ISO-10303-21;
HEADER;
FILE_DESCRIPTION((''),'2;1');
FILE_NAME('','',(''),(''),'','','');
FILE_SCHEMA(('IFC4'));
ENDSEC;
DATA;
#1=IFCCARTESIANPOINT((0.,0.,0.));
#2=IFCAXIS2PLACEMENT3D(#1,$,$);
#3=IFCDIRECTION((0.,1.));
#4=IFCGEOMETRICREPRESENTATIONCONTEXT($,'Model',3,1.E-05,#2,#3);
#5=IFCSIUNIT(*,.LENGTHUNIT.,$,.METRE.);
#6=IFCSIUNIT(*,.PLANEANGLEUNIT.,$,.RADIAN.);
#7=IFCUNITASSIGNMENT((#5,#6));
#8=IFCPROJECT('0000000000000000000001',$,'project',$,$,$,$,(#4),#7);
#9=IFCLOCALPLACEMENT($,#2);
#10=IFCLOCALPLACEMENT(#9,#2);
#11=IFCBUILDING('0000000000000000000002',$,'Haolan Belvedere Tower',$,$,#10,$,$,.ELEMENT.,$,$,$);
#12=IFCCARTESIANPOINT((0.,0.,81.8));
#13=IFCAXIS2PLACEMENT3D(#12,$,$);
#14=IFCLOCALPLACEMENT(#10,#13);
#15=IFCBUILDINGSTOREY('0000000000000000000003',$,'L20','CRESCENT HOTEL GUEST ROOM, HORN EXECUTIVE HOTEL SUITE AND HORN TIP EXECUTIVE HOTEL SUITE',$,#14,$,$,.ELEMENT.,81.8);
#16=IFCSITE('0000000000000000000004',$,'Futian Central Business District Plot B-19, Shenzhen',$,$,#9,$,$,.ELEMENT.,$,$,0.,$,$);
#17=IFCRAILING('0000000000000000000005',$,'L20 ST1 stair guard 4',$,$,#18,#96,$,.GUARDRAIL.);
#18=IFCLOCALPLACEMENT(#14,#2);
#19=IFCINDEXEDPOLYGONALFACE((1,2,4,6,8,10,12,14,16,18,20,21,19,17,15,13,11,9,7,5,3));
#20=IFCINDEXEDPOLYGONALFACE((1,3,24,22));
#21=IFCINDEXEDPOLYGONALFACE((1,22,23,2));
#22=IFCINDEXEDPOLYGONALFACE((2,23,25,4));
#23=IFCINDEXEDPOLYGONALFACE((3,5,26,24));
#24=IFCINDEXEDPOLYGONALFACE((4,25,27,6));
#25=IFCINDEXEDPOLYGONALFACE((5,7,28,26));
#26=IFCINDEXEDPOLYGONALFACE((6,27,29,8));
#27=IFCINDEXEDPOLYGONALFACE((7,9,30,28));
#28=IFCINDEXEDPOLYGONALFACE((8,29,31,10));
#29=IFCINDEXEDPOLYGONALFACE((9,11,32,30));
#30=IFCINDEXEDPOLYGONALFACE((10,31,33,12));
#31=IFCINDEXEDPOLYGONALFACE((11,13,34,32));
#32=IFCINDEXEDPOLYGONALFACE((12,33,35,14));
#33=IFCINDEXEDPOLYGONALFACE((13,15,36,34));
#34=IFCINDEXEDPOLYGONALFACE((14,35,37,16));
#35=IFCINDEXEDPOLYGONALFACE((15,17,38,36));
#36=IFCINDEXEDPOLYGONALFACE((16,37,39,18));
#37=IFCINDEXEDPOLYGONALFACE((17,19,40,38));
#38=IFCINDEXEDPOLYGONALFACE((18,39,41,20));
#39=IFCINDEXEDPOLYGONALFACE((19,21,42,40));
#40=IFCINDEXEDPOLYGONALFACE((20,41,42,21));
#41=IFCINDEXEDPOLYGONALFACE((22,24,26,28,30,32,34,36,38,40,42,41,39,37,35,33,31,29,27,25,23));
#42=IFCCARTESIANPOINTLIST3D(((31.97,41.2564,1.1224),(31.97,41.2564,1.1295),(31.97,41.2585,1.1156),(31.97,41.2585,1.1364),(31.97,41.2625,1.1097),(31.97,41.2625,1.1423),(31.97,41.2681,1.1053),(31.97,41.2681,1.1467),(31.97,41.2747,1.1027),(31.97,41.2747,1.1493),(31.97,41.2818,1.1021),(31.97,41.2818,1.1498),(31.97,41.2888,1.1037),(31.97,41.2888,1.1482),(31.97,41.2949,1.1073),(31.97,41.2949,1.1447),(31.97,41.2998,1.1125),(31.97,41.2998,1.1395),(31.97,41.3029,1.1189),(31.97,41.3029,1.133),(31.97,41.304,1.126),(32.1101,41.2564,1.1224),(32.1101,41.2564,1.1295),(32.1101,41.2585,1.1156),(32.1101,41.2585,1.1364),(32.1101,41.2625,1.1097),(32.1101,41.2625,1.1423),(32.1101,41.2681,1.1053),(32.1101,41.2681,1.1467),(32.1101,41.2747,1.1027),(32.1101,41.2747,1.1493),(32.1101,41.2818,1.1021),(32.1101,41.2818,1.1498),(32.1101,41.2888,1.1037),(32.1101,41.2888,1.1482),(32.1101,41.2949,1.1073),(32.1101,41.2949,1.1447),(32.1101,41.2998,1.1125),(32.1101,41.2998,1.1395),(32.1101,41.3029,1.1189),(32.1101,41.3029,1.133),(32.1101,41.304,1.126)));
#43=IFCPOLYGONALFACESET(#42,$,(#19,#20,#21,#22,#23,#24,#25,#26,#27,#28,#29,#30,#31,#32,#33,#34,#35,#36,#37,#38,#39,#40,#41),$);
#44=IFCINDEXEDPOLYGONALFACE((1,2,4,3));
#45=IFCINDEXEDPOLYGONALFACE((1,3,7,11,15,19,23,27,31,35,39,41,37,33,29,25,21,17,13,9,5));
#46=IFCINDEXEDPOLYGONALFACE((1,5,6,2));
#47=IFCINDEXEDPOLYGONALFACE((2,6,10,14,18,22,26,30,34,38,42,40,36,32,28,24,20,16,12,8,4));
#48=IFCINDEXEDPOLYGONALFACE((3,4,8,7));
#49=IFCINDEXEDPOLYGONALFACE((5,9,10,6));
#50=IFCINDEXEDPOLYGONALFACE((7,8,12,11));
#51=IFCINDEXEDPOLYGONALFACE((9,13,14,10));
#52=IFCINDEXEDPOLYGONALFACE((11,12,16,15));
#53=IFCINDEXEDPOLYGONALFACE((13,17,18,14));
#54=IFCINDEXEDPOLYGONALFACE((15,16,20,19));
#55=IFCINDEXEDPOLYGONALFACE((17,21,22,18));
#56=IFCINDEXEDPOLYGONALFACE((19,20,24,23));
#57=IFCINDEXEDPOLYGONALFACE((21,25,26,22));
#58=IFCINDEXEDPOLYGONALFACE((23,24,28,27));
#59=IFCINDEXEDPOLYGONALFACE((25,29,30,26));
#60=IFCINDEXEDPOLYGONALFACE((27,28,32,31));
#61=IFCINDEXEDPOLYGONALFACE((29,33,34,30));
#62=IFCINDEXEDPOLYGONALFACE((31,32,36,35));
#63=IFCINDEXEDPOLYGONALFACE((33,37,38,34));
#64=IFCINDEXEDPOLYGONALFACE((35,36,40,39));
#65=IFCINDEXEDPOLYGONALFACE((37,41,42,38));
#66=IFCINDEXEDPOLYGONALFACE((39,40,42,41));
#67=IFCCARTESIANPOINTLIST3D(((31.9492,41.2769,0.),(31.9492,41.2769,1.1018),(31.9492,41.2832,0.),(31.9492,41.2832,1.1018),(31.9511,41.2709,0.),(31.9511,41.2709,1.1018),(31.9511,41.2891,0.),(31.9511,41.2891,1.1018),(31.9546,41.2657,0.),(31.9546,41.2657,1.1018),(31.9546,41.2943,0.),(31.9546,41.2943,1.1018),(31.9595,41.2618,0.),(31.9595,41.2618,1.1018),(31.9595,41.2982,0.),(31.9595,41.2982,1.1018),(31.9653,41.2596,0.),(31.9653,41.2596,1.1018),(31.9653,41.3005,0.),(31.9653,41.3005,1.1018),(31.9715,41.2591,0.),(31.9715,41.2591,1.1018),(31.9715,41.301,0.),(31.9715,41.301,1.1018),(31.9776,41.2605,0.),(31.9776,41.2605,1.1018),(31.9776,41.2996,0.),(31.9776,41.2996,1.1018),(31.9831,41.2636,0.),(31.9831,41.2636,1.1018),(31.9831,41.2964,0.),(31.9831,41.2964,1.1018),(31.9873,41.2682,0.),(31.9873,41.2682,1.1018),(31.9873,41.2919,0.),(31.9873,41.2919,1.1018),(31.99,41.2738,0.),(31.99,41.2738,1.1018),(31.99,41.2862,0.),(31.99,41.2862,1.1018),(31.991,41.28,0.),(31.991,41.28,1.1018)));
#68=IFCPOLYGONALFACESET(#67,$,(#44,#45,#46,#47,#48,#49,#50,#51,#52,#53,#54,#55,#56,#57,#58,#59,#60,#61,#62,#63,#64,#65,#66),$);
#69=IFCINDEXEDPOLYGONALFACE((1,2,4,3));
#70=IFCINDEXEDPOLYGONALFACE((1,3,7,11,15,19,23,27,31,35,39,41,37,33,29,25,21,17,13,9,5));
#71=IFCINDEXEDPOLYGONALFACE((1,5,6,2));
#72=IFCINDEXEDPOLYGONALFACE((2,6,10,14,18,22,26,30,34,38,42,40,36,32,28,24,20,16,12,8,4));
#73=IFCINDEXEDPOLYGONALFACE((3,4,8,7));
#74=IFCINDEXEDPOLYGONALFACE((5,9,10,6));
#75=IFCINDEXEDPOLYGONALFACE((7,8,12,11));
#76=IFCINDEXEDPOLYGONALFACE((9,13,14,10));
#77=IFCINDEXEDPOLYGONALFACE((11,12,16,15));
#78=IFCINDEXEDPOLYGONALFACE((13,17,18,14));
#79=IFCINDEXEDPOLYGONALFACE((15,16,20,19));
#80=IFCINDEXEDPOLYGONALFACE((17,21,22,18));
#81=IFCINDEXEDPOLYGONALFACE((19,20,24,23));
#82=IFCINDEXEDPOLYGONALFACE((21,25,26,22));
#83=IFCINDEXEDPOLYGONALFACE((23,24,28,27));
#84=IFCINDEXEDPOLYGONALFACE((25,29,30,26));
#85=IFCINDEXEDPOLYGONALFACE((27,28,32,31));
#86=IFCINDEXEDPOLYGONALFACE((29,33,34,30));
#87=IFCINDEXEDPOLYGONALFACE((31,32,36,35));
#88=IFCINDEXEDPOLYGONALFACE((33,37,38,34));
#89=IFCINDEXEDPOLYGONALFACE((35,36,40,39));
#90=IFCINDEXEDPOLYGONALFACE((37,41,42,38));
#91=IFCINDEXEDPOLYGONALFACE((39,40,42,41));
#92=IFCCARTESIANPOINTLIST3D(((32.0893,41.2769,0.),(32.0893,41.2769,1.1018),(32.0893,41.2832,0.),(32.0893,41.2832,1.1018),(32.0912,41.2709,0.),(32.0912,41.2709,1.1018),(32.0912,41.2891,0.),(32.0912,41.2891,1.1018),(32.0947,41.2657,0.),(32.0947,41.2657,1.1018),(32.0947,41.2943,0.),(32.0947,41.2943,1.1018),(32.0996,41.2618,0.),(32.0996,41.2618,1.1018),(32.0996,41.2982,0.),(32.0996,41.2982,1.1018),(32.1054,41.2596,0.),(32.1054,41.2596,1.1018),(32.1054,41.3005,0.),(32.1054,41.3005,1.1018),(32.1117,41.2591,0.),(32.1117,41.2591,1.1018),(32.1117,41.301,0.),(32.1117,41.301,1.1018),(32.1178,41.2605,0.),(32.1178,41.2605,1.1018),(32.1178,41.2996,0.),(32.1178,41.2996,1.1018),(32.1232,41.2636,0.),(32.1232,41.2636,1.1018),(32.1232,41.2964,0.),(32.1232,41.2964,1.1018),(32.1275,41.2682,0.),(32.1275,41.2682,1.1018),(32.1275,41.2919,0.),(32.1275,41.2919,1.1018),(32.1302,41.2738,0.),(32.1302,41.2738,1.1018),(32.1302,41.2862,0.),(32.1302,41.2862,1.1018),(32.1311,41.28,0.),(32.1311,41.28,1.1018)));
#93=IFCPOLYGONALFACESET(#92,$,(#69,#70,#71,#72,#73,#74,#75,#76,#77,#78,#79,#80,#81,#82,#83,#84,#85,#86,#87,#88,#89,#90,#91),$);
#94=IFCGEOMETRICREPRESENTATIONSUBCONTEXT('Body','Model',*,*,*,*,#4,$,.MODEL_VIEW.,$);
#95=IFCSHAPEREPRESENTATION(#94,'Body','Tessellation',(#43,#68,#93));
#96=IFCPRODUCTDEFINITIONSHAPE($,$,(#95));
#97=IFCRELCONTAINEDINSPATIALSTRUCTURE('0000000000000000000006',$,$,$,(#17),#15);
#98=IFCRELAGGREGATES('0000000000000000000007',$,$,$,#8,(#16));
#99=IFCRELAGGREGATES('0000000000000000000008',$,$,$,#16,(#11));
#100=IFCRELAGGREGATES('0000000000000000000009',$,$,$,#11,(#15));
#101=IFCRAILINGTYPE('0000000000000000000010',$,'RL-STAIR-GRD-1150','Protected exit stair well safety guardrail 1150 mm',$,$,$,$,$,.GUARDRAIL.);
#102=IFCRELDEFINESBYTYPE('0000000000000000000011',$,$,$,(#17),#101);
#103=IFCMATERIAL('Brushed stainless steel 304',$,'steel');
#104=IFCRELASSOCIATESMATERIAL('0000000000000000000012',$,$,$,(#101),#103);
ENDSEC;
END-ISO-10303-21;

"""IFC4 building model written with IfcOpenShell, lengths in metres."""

from ifc_helpers import new_model, si_unit, direction, frame, origin, origin_2d, place, context, subcontext, project, spatial, circle, extrude, material, type_object, element, save


model = new_model("IFC4")

# Units and contexts
model_context = context("Model", 3, precision=1e-05, world=origin(), true_north=direction((0.0, 1.0)))
body_context = subcontext(model_context, "Body", "Model", "MODEL_VIEW")
ifc_project = project(units=[si_unit("LENGTHUNIT", "METRE"), si_unit("PLANEANGLEUNIT", "RADIAN")], contexts=[model_context])

# Site, building, storey
site_placement = place(None, origin())
site = spatial("IfcSite", under=ifc_project, at=site_placement, Name="Futian Central Business District Plot B-19, Shenzhen", CompositionType="ELEMENT", RefElevation=0.0)
building_placement = place(site_placement, origin())
building = spatial("IfcBuilding", under=site, at=building_placement, Name="Haolan Belvedere Tower", CompositionType="ELEMENT")
storey_placement = place(building_placement, frame((0.0, 0.0, 81.8)))
storey = spatial("IfcBuildingStorey", under=building, at=storey_placement, Name="L20", Description="CRESCENT HOTEL GUEST ROOM, HORN EXECUTIVE HOTEL SUITE AND HORN TIP EXECUTIVE HOTEL SUITE", CompositionType="ELEMENT", Elevation=81.8)

# Railing
ifc_material_1 = material(Name="Brushed stainless steel 304", Category="steel")
railing_type_1 = type_object("IfcRailingType", Name="RL-STAIR-GRD-1150", Description="Protected exit stair well safety guardrail 1150 mm", PredefinedType="GUARDRAIL", material=ifc_material_1)
railing_1_placement = place(storey_placement, frame((31.97, 41.28, 0.0)))
element("IfcRailing", 1, at=railing_1_placement, inside=storey, type_object=railing_type_1, Name="L20 ST1 stair guard 4", PredefinedType="GUARDRAIL", context=body_context, shape_type="SweptSolid", body=[
    extrude(circle(Radius=0.0239, at=origin_2d()), frame((0.0, 0.0, 1.126), z_axis=(1.0, 0.0, 0.0), x_axis=(0.0, 1.0, 0.0)), (0.0, 0.0, 1.0), 0.1401),
    extrude(circle(Radius=0.021, at=origin_2d()), origin(), (0.0, 0.0, 1.0), 1.1018),
    extrude(circle(Radius=0.021, at=origin_2d()), frame((0.1401, 0.0, 0.0)), (0.0, 0.0, 1.0), 1.1018),
])

save(model, "model.ifc")
